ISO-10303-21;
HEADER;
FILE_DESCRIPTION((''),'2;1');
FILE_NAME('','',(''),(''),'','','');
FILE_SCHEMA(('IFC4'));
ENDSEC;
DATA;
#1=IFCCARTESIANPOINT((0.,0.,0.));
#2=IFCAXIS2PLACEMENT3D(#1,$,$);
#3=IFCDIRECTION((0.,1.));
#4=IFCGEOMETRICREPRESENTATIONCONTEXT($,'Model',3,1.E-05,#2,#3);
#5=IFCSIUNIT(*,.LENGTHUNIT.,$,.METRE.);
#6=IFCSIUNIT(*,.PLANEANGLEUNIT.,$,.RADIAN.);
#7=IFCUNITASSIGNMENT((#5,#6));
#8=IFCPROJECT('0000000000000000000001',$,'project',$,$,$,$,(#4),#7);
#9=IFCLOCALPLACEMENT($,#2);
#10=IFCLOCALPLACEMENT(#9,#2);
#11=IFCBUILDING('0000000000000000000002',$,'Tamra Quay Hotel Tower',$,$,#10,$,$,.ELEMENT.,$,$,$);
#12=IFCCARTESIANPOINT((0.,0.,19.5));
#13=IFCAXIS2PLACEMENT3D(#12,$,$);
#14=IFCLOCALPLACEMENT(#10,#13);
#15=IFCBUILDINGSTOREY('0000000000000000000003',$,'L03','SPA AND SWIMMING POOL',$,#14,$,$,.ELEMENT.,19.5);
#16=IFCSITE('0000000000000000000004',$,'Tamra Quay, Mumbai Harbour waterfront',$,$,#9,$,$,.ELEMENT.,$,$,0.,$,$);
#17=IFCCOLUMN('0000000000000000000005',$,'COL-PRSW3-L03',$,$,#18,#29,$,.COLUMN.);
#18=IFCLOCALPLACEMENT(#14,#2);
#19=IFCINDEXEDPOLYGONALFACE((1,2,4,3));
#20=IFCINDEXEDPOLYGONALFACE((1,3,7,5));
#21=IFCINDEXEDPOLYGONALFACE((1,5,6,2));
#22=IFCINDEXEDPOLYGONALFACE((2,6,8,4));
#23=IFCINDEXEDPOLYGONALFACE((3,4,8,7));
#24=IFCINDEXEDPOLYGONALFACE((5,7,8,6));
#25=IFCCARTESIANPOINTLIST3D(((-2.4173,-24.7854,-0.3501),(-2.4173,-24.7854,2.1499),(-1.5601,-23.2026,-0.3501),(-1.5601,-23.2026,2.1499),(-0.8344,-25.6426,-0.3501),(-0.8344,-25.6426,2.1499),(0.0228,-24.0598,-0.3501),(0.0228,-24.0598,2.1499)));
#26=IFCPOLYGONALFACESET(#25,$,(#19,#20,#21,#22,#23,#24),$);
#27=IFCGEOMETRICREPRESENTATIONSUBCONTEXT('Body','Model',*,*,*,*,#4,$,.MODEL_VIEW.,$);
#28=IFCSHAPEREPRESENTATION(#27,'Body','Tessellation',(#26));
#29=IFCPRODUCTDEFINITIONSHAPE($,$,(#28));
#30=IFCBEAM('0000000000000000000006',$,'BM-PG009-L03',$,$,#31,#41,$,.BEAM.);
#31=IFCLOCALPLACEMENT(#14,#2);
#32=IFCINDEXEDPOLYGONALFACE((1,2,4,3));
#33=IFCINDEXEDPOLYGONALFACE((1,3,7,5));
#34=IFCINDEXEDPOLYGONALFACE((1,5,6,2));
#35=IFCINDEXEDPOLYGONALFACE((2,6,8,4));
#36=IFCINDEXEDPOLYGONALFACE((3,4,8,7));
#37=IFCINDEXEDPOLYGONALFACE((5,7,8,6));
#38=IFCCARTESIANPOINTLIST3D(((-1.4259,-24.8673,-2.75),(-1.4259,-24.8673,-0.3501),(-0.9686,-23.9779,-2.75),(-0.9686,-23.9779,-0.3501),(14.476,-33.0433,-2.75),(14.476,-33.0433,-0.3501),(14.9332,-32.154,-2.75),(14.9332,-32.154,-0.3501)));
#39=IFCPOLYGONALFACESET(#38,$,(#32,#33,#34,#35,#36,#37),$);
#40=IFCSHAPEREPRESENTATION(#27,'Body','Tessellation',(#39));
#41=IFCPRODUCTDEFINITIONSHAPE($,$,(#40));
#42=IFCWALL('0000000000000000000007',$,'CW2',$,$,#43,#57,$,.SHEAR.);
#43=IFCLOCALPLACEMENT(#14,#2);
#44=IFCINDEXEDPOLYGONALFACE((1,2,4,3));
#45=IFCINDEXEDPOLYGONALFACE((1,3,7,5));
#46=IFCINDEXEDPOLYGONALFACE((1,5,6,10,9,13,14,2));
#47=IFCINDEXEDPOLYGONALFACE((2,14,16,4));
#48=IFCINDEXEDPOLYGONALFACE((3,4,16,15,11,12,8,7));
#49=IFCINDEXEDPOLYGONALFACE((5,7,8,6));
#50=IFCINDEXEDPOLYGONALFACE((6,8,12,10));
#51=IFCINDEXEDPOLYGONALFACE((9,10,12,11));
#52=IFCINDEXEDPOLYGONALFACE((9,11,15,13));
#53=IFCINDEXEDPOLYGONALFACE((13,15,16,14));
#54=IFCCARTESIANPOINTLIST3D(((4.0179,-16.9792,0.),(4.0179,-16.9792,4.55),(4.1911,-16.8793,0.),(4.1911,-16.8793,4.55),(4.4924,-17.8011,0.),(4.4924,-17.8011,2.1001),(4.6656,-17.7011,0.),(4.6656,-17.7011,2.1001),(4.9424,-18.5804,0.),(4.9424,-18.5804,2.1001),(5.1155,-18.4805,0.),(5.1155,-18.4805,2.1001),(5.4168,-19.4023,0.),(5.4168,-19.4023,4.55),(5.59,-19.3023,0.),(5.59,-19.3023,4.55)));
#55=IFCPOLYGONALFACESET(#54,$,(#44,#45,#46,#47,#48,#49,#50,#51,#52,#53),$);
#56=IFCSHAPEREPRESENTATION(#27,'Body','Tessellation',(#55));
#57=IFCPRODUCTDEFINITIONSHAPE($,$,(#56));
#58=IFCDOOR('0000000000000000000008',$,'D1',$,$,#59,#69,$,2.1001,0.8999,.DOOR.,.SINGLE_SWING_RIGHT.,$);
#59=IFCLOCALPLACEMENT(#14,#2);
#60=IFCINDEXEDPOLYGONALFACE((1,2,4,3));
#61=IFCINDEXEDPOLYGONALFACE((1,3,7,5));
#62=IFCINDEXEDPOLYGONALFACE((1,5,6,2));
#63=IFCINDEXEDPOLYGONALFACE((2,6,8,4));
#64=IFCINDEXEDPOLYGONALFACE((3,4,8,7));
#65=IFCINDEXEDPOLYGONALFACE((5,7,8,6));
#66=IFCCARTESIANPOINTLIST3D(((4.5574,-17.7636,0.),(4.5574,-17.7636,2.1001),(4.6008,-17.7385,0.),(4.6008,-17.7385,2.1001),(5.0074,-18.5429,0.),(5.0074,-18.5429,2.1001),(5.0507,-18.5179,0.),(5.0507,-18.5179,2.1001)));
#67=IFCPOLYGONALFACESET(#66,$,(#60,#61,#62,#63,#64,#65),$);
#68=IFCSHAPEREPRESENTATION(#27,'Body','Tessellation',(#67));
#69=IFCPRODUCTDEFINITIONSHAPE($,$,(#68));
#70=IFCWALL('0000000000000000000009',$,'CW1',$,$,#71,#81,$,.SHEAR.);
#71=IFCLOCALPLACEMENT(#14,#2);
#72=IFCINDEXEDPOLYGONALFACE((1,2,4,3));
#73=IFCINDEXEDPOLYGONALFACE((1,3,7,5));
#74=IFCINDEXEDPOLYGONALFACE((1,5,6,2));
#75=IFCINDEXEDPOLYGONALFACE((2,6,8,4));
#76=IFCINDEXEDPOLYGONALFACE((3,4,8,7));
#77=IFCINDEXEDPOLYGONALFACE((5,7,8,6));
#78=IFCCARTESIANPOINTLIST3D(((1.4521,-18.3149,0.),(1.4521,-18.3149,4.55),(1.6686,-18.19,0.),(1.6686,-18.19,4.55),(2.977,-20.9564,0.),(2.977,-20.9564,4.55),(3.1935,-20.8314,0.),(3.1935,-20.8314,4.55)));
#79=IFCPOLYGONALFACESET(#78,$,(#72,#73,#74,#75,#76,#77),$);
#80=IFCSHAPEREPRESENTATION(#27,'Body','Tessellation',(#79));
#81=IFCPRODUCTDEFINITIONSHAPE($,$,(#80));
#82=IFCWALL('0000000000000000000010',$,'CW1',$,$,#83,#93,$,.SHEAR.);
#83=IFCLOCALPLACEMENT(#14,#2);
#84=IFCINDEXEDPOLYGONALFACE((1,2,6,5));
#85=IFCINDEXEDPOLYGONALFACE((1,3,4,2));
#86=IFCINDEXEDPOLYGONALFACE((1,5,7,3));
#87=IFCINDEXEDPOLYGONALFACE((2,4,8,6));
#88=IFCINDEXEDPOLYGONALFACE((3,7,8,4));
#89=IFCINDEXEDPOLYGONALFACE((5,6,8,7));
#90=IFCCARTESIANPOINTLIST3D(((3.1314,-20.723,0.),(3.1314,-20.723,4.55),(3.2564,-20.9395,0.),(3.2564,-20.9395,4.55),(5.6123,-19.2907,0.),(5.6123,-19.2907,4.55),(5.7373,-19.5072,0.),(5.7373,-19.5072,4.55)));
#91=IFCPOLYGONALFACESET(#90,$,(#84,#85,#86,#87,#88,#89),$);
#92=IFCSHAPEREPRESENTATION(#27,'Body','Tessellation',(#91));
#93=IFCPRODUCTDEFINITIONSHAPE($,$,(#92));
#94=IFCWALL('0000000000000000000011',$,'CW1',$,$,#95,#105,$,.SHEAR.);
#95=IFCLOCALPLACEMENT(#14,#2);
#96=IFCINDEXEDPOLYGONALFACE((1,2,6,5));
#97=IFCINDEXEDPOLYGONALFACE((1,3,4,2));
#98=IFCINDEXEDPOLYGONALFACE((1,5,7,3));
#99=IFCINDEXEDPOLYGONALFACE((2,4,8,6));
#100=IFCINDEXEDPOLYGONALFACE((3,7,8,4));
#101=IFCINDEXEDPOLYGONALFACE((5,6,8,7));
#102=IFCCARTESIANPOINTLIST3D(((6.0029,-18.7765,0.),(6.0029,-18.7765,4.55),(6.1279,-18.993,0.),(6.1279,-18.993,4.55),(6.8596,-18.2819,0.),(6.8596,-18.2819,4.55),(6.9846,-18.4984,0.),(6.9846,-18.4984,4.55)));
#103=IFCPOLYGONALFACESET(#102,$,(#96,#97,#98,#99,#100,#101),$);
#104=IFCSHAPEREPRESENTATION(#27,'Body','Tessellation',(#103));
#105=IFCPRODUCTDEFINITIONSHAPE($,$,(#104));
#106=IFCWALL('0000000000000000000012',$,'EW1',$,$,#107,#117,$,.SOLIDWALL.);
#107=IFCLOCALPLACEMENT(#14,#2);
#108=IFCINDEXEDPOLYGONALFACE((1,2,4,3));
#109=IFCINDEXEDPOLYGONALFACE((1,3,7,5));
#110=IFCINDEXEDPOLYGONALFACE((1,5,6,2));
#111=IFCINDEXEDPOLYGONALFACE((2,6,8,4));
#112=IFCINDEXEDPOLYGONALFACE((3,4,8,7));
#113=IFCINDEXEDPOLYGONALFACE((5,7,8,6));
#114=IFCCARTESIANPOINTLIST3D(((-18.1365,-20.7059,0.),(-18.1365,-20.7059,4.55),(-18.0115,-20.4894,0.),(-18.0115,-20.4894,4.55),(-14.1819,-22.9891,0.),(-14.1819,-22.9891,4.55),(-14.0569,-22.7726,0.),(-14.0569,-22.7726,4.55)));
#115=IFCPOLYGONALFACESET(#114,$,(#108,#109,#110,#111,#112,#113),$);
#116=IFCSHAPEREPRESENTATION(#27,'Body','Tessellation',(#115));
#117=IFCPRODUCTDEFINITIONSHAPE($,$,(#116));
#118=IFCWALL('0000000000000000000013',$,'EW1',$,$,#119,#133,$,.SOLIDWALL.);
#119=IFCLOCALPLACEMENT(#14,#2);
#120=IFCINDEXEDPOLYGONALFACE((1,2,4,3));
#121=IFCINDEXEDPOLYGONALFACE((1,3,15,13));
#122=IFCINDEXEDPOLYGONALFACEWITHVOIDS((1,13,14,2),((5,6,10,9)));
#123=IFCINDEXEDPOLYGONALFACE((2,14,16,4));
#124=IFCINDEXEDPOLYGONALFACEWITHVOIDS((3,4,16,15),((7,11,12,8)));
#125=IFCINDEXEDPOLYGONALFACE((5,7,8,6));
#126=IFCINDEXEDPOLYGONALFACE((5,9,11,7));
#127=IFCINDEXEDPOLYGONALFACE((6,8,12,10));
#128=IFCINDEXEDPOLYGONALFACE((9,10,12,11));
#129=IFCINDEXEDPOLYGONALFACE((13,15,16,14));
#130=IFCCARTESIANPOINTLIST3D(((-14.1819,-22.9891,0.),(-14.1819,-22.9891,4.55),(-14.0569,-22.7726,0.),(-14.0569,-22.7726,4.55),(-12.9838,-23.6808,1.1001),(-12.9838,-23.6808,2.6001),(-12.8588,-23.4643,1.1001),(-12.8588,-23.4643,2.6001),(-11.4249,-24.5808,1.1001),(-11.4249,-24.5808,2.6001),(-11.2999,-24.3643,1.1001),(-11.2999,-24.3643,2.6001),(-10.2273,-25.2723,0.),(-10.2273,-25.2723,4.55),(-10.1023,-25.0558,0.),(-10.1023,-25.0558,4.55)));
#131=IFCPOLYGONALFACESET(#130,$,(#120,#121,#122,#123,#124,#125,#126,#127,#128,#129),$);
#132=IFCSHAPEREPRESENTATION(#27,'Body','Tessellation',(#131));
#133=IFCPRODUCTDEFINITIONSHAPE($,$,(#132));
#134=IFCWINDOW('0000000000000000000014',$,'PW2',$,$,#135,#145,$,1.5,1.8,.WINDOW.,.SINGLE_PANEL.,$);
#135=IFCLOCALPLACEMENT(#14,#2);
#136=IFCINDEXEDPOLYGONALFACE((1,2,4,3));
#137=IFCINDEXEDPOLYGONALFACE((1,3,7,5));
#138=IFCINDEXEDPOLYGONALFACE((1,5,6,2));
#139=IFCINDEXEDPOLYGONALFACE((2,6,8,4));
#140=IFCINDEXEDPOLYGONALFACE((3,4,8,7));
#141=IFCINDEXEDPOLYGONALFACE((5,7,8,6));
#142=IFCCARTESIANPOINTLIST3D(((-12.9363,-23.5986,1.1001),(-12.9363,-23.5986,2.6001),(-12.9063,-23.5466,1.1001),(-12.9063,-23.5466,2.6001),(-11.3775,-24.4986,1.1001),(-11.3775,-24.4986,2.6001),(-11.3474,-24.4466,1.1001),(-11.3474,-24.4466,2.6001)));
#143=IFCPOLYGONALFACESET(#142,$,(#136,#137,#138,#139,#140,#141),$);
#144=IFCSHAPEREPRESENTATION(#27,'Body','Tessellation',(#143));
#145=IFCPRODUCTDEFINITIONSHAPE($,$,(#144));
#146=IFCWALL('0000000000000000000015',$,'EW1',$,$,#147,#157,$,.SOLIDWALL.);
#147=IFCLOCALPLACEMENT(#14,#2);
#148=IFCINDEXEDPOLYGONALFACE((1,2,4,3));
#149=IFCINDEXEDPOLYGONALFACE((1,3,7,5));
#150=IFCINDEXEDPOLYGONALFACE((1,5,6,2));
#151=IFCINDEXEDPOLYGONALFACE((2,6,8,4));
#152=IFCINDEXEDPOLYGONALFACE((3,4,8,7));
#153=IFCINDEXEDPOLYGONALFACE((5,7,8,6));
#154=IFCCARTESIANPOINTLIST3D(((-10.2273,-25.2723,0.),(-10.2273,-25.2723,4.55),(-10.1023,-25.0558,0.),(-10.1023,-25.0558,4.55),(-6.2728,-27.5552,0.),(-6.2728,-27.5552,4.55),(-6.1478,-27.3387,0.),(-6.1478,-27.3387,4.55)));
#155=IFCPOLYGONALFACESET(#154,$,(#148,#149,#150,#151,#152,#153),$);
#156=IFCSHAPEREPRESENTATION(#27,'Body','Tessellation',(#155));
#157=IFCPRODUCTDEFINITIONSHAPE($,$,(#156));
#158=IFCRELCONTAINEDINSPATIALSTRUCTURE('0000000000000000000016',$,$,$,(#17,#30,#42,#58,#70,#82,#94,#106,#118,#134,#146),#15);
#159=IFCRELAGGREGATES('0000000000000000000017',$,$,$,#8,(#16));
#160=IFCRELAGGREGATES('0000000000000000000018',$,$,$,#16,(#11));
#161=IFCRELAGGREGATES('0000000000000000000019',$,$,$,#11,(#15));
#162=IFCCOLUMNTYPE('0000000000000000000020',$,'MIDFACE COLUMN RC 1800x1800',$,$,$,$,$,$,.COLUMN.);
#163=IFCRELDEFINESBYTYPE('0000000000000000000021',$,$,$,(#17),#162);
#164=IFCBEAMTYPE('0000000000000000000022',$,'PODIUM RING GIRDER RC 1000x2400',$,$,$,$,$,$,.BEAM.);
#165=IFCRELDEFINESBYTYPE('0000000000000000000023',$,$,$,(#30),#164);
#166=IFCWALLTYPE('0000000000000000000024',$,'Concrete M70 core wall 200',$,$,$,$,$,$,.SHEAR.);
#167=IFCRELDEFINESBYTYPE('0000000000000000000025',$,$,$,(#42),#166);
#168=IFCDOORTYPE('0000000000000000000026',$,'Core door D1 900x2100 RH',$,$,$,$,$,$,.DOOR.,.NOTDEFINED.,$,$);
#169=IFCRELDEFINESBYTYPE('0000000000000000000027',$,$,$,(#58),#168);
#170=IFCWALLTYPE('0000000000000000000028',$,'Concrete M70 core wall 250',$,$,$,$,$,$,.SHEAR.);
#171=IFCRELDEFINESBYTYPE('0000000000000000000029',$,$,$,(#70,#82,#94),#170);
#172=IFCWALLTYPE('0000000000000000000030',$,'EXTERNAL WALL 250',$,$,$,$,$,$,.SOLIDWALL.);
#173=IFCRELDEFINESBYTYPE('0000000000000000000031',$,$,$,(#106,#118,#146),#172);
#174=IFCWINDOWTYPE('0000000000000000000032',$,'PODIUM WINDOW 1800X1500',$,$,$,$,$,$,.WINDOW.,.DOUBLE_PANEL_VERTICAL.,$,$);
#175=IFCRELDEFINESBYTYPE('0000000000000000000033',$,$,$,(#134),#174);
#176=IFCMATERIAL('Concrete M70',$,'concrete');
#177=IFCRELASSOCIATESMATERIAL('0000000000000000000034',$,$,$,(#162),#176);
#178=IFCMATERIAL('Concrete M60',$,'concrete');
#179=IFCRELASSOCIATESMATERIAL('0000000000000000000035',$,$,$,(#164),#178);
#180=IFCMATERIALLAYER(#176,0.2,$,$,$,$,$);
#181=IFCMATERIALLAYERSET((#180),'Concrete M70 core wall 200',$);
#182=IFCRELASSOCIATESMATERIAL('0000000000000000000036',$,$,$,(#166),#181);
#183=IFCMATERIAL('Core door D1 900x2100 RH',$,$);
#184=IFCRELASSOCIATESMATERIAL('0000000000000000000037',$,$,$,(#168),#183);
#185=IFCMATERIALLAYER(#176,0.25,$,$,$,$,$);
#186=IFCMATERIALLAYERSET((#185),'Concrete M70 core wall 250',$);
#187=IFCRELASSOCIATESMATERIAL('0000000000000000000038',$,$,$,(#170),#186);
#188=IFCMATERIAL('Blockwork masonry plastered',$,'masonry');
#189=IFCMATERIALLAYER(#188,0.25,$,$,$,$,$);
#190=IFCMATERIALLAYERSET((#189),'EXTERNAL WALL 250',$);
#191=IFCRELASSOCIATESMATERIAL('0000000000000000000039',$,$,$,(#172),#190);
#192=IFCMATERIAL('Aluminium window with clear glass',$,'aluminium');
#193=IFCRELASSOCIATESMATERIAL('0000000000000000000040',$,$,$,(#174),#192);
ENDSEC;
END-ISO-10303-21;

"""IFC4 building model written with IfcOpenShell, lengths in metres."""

from ifc_helpers import new_model, si_unit, direction, frame, frame_2d, origin, origin_2d, place, context, subcontext, project, spatial, rectangle, extrude, material, layer, layer_set, material_profile, profile_set, type_object, element, fill, save


model = new_model("IFC4")

# Units and contexts
model_context = context("Model", 3, precision=1e-05, world=origin(), true_north=direction((0.0, 1.0)))
body_context = subcontext(model_context, "Body", "Model", "MODEL_VIEW")
ifc_project = project(units=[si_unit("LENGTHUNIT", "METRE"), si_unit("PLANEANGLEUNIT", "RADIAN")], contexts=[model_context])

# Site, building, storey
site_placement = place(None, origin())
site = spatial("IfcSite", under=ifc_project, at=site_placement, Name="Tamra Quay, Mumbai Harbour waterfront", CompositionType="ELEMENT", RefElevation=0.0)
building_placement = place(site_placement, origin())
building = spatial("IfcBuilding", under=site, at=building_placement, Name="Tamra Quay Hotel Tower", CompositionType="ELEMENT")
storey_placement = place(building_placement, frame((0.0, 0.0, 19.5)))
storey = spatial("IfcBuildingStorey", under=building, at=storey_placement, Name="L03", Description="SPA AND SWIMMING POOL", CompositionType="ELEMENT", Elevation=19.5)

# Column
ifc_material_1 = material(Name="Concrete M70", Category="concrete")
ifc_material_profile_1 = material_profile(ifc_material_1, rectangle(XDim=1.8, YDim=1.8, at=origin_2d()), Name="MIDFACE COLUMN RC 1800x1800")
ifc_profile_set_1 = profile_set([ifc_material_profile_1], Name="Concrete M70")
column_type = type_object("IfcColumnType", Name="MIDFACE COLUMN RC 1800x1800", PredefinedType="COLUMN", material=ifc_profile_set_1)
column_placement = place(storey_placement, frame((-1.1973, -24.4226, -0.3501), z_axis=(0.0, 0.0, 1.0), x_axis=(0.476198, 0.879338, 0.0)))
element("IfcColumn", 1, at=column_placement, inside=storey, type_object=column_type, Name="COL-PRSW3-L03", PredefinedType="COLUMN", context=body_context, shape_type="SweptSolid", body=[
    extrude(rectangle(XDim=1.8, YDim=1.8, at=origin_2d()), origin(), (0.0, 0.0, 1.0), 2.5),
])

# Beam
ifc_material_2 = material(Name="Concrete M60", Category="concrete")
ifc_material_profile_2 = material_profile(ifc_material_2, rectangle(XDim=1.0, YDim=2.3999, at=origin_2d()), Name="PODIUM RING GIRDER RC 1000x2400")
ifc_profile_set_2 = profile_set([ifc_material_profile_2], Name="Concrete M60")
beam_type = type_object("IfcBeamType", Name="PODIUM RING GIRDER RC 1000x2400", PredefinedType="BEAM", material=ifc_profile_set_2)
beam_placement = place(storey_placement, frame((-1.1973, -24.4226, -1.55), z_axis=(0.889335, -0.457256, 0.0), x_axis=(0.457256, 0.889335, 0.0)))
element("IfcBeam", 2, at=beam_placement, inside=storey, type_object=beam_type, Name="BM-PG009-L03", PredefinedType="BEAM", context=body_context, shape_type="SweptSolid", body=[
    extrude(rectangle(XDim=1.0, YDim=2.3999, at=origin_2d()), origin(), (0.0, 0.0, 1.0), 17.8806),
])

# Wall, opening, door
ifc_layer_1 = layer(ifc_material_1, 0.2)
ifc_layer_set_1 = layer_set([ifc_layer_1], Name="Concrete M70 core wall 200")
wall_type_1 = type_object("IfcWallType", Name="Concrete M70 core wall 200", PredefinedType="SHEAR", material=ifc_layer_set_1)
wall_1_placement = place(storey_placement, frame((5.5034, -19.3523, 0.0), z_axis=(0.0, 0.0, 1.0), x_axis=(-0.499987, 0.866033, 0.0)))
wall_1 = element("IfcWall", 3, at=wall_1_placement, inside=storey, type_object=wall_type_1, Name="CW2", PredefinedType="SHEAR", context=body_context, shape_type="SweptSolid", body=[
    extrude(rectangle(XDim=2.7979, YDim=0.2, at=frame_2d((1.3989, 0.0))), origin(), (0.0, 0.0, 1.0), 4.55),
])
opening_1_placement = place(wall_1_placement, frame((0.949, 0.0, 0.0)))
opening_1 = element("IfcOpeningElement", 4, at=opening_1_placement, cuts=wall_1, PredefinedType="OPENING", context=body_context, shape_type="SweptSolid", body=[
    extrude(rectangle(XDim=0.8999, YDim=2.1001, at=frame_2d((0.45, 1.05))), frame((0.0, 0.1099, 0.0), z_axis=(0.0, -1.0, 0.0), x_axis=(1.0, 0.0, 0.0)), (0.0, 0.0, 1.0), 0.22),
])
ifc_material_3 = material(Name="Core door D1 900x2100 RH")
door_type_1 = type_object("IfcDoorType", Name="Core door D1 900x2100 RH", OperationType="NOTDEFINED", PredefinedType="DOOR", material=ifc_material_3)
door_1_placement = place(opening_1_placement, origin())
door_1 = element("IfcDoor", 5, at=door_1_placement, inside=storey, type_object=door_type_1, Name="D1", OperationType="SINGLE_SWING_RIGHT", OverallHeight=2.1001, OverallWidth=0.8999, PredefinedType="DOOR", context=body_context, shape_type="SweptSolid", body=[
    extrude(rectangle(XDim=0.8999, YDim=2.1001, at=frame_2d((0.45, 1.05))), frame((0.0, 0.0249, 0.0), z_axis=(0.0, -1.0, 0.0), x_axis=(1.0, 0.0, 0.0)), (0.0, 0.0, 1.0), 0.05),
])
fill(opening_1, door_1)

# Walls
ifc_layer_2 = layer(ifc_material_1, 0.25)
ifc_layer_set_2 = layer_set([ifc_layer_2], Name="Concrete M70 core wall 250")
wall_type_2 = type_object("IfcWallType", Name="Concrete M70 core wall 250", PredefinedType="SHEAR", material=ifc_layer_set_2)
wall_2_placement = place(storey_placement, frame((3.0852, -20.8938, 0.0), z_axis=(0.0, 0.0, 1.0), x_axis=(-0.499979, 0.866038, 0.0)))
element("IfcWall", 6, at=wall_2_placement, inside=storey, type_object=wall_type_2, Name="CW1", PredefinedType="SHEAR", context=body_context, shape_type="SweptSolid", body=[
    extrude(rectangle(XDim=3.05, YDim=0.25, at=frame_2d((1.5249, 0.0))), origin(), (0.0, 0.0, 1.0), 4.55),
])
wall_3_placement = place(storey_placement, frame((5.6748, -19.3989, 0.0), z_axis=(0.0, 0.0, 1.0), x_axis=(-0.866027, -0.499998, 0.0)))
element("IfcWall", 7, at=wall_3_placement, inside=storey, type_object=wall_type_2, Name="CW1", PredefinedType="SHEAR", context=body_context, shape_type="SweptSolid", body=[
    extrude(rectangle(XDim=2.8647, YDim=0.25, at=frame_2d((1.4324, 0.0))), origin(), (0.0, 0.0, 1.0), 4.55),
])
wall_4_placement = place(storey_placement, frame((6.0654, -18.8848, 0.0), z_axis=(0.0, 0.0, 1.0), x_axis=(0.866017, 0.500014, 0.0)))
element("IfcWall", 8, at=wall_4_placement, inside=storey, type_object=wall_type_2, Name="CW1", PredefinedType="SHEAR", context=body_context, shape_type="SweptSolid", body=[
    extrude(rectangle(XDim=0.9893, YDim=0.25, at=frame_2d((0.4946, 0.0))), origin(), (0.0, 0.0, 1.0), 4.55),
])
ifc_material_4 = material(Name="Blockwork masonry plastered", Category="masonry")
ifc_layer_3 = layer(ifc_material_4, 0.25)
ifc_layer_set_3 = layer_set([ifc_layer_3], Name="EXTERNAL WALL 250")
wall_type_3 = type_object("IfcWallType", Name="EXTERNAL WALL 250", PredefinedType="SOLIDWALL", material=ifc_layer_set_3)
wall_5_placement = place(storey_placement, frame((-14.1194, -22.8809, 0.0), z_axis=(0.0, 0.0, 1.0), x_axis=(-0.866024, 0.500003, 0.0)))
element("IfcWall", 9, at=wall_5_placement, inside=storey, type_object=wall_type_3, Name="EW1", PredefinedType="SOLIDWALL", context=body_context, shape_type="SweptSolid", body=[
    extrude(rectangle(XDim=4.5664, YDim=0.25, at=frame_2d((2.2832, 0.0))), origin(), (0.0, 0.0, 1.0), 4.55),
])

# Wall, opening, window
wall_6_placement = place(storey_placement, frame((-10.1648, -25.1641, 0.0), z_axis=(0.0, 0.0, 1.0), x_axis=(-0.866024, 0.500003, 0.0)))
wall_6 = element("IfcWall", 10, at=wall_6_placement, inside=storey, type_object=wall_type_3, Name="EW1", PredefinedType="SOLIDWALL", context=body_context, shape_type="SweptSolid", body=[
    extrude(rectangle(XDim=4.5664, YDim=0.25, at=frame_2d((2.2832, 0.0))), origin(), (0.0, 0.0, 1.0), 4.55),
])
opening_2_placement = place(wall_6_placement, frame((1.3831, 0.0, 1.1001)))
opening_2 = element("IfcOpeningElement", 11, at=opening_2_placement, cuts=wall_6, PredefinedType="OPENING", context=body_context, shape_type="SweptSolid", body=[
    extrude(rectangle(XDim=1.8, YDim=1.5, at=frame_2d((0.8999, 0.75))), frame((0.0, 0.135, 0.0), z_axis=(0.0, -1.0, 0.0), x_axis=(1.0, 0.0, 0.0)), (0.0, 0.0, 1.0), 0.27),
])
ifc_material_5 = material(Name="Aluminium window with clear glass", Category="aluminium")
window_type = type_object("IfcWindowType", Name="PODIUM WINDOW 1800X1500", PartitioningType="DOUBLE_PANEL_VERTICAL", PredefinedType="WINDOW", material=ifc_material_5)
window_1_placement = place(opening_2_placement, origin())
window_1 = element("IfcWindow", 12, at=window_1_placement, inside=storey, type_object=window_type, Name="PW2", OverallHeight=1.5, OverallWidth=1.8, PartitioningType="SINGLE_PANEL", PredefinedType="WINDOW", context=body_context, shape_type="SweptSolid", body=[
    extrude(rectangle(XDim=1.8, YDim=1.5, at=frame_2d((0.8999, 0.75))), frame((0.0, 0.03, 0.0), z_axis=(0.0, -1.0, 0.0), x_axis=(1.0, 0.0, 0.0)), (0.0, 0.0, 1.0), 0.0601),
])
fill(opening_2, window_1)

# Wall
wall_7_placement = place(storey_placement, frame((-6.2102, -27.447, 0.0), z_axis=(0.0, 0.0, 1.0), x_axis=(-0.866047, 0.499963, 0.0)))
element("IfcWall", 13, at=wall_7_placement, inside=storey, type_object=wall_type_3, Name="EW1", PredefinedType="SOLIDWALL", context=body_context, shape_type="SweptSolid", body=[
    extrude(rectangle(XDim=4.5662, YDim=0.25, at=frame_2d((2.2832, 0.0))), origin(), (0.0, 0.0, 1.0), 4.55),
])

save(model, "model.ifc")
